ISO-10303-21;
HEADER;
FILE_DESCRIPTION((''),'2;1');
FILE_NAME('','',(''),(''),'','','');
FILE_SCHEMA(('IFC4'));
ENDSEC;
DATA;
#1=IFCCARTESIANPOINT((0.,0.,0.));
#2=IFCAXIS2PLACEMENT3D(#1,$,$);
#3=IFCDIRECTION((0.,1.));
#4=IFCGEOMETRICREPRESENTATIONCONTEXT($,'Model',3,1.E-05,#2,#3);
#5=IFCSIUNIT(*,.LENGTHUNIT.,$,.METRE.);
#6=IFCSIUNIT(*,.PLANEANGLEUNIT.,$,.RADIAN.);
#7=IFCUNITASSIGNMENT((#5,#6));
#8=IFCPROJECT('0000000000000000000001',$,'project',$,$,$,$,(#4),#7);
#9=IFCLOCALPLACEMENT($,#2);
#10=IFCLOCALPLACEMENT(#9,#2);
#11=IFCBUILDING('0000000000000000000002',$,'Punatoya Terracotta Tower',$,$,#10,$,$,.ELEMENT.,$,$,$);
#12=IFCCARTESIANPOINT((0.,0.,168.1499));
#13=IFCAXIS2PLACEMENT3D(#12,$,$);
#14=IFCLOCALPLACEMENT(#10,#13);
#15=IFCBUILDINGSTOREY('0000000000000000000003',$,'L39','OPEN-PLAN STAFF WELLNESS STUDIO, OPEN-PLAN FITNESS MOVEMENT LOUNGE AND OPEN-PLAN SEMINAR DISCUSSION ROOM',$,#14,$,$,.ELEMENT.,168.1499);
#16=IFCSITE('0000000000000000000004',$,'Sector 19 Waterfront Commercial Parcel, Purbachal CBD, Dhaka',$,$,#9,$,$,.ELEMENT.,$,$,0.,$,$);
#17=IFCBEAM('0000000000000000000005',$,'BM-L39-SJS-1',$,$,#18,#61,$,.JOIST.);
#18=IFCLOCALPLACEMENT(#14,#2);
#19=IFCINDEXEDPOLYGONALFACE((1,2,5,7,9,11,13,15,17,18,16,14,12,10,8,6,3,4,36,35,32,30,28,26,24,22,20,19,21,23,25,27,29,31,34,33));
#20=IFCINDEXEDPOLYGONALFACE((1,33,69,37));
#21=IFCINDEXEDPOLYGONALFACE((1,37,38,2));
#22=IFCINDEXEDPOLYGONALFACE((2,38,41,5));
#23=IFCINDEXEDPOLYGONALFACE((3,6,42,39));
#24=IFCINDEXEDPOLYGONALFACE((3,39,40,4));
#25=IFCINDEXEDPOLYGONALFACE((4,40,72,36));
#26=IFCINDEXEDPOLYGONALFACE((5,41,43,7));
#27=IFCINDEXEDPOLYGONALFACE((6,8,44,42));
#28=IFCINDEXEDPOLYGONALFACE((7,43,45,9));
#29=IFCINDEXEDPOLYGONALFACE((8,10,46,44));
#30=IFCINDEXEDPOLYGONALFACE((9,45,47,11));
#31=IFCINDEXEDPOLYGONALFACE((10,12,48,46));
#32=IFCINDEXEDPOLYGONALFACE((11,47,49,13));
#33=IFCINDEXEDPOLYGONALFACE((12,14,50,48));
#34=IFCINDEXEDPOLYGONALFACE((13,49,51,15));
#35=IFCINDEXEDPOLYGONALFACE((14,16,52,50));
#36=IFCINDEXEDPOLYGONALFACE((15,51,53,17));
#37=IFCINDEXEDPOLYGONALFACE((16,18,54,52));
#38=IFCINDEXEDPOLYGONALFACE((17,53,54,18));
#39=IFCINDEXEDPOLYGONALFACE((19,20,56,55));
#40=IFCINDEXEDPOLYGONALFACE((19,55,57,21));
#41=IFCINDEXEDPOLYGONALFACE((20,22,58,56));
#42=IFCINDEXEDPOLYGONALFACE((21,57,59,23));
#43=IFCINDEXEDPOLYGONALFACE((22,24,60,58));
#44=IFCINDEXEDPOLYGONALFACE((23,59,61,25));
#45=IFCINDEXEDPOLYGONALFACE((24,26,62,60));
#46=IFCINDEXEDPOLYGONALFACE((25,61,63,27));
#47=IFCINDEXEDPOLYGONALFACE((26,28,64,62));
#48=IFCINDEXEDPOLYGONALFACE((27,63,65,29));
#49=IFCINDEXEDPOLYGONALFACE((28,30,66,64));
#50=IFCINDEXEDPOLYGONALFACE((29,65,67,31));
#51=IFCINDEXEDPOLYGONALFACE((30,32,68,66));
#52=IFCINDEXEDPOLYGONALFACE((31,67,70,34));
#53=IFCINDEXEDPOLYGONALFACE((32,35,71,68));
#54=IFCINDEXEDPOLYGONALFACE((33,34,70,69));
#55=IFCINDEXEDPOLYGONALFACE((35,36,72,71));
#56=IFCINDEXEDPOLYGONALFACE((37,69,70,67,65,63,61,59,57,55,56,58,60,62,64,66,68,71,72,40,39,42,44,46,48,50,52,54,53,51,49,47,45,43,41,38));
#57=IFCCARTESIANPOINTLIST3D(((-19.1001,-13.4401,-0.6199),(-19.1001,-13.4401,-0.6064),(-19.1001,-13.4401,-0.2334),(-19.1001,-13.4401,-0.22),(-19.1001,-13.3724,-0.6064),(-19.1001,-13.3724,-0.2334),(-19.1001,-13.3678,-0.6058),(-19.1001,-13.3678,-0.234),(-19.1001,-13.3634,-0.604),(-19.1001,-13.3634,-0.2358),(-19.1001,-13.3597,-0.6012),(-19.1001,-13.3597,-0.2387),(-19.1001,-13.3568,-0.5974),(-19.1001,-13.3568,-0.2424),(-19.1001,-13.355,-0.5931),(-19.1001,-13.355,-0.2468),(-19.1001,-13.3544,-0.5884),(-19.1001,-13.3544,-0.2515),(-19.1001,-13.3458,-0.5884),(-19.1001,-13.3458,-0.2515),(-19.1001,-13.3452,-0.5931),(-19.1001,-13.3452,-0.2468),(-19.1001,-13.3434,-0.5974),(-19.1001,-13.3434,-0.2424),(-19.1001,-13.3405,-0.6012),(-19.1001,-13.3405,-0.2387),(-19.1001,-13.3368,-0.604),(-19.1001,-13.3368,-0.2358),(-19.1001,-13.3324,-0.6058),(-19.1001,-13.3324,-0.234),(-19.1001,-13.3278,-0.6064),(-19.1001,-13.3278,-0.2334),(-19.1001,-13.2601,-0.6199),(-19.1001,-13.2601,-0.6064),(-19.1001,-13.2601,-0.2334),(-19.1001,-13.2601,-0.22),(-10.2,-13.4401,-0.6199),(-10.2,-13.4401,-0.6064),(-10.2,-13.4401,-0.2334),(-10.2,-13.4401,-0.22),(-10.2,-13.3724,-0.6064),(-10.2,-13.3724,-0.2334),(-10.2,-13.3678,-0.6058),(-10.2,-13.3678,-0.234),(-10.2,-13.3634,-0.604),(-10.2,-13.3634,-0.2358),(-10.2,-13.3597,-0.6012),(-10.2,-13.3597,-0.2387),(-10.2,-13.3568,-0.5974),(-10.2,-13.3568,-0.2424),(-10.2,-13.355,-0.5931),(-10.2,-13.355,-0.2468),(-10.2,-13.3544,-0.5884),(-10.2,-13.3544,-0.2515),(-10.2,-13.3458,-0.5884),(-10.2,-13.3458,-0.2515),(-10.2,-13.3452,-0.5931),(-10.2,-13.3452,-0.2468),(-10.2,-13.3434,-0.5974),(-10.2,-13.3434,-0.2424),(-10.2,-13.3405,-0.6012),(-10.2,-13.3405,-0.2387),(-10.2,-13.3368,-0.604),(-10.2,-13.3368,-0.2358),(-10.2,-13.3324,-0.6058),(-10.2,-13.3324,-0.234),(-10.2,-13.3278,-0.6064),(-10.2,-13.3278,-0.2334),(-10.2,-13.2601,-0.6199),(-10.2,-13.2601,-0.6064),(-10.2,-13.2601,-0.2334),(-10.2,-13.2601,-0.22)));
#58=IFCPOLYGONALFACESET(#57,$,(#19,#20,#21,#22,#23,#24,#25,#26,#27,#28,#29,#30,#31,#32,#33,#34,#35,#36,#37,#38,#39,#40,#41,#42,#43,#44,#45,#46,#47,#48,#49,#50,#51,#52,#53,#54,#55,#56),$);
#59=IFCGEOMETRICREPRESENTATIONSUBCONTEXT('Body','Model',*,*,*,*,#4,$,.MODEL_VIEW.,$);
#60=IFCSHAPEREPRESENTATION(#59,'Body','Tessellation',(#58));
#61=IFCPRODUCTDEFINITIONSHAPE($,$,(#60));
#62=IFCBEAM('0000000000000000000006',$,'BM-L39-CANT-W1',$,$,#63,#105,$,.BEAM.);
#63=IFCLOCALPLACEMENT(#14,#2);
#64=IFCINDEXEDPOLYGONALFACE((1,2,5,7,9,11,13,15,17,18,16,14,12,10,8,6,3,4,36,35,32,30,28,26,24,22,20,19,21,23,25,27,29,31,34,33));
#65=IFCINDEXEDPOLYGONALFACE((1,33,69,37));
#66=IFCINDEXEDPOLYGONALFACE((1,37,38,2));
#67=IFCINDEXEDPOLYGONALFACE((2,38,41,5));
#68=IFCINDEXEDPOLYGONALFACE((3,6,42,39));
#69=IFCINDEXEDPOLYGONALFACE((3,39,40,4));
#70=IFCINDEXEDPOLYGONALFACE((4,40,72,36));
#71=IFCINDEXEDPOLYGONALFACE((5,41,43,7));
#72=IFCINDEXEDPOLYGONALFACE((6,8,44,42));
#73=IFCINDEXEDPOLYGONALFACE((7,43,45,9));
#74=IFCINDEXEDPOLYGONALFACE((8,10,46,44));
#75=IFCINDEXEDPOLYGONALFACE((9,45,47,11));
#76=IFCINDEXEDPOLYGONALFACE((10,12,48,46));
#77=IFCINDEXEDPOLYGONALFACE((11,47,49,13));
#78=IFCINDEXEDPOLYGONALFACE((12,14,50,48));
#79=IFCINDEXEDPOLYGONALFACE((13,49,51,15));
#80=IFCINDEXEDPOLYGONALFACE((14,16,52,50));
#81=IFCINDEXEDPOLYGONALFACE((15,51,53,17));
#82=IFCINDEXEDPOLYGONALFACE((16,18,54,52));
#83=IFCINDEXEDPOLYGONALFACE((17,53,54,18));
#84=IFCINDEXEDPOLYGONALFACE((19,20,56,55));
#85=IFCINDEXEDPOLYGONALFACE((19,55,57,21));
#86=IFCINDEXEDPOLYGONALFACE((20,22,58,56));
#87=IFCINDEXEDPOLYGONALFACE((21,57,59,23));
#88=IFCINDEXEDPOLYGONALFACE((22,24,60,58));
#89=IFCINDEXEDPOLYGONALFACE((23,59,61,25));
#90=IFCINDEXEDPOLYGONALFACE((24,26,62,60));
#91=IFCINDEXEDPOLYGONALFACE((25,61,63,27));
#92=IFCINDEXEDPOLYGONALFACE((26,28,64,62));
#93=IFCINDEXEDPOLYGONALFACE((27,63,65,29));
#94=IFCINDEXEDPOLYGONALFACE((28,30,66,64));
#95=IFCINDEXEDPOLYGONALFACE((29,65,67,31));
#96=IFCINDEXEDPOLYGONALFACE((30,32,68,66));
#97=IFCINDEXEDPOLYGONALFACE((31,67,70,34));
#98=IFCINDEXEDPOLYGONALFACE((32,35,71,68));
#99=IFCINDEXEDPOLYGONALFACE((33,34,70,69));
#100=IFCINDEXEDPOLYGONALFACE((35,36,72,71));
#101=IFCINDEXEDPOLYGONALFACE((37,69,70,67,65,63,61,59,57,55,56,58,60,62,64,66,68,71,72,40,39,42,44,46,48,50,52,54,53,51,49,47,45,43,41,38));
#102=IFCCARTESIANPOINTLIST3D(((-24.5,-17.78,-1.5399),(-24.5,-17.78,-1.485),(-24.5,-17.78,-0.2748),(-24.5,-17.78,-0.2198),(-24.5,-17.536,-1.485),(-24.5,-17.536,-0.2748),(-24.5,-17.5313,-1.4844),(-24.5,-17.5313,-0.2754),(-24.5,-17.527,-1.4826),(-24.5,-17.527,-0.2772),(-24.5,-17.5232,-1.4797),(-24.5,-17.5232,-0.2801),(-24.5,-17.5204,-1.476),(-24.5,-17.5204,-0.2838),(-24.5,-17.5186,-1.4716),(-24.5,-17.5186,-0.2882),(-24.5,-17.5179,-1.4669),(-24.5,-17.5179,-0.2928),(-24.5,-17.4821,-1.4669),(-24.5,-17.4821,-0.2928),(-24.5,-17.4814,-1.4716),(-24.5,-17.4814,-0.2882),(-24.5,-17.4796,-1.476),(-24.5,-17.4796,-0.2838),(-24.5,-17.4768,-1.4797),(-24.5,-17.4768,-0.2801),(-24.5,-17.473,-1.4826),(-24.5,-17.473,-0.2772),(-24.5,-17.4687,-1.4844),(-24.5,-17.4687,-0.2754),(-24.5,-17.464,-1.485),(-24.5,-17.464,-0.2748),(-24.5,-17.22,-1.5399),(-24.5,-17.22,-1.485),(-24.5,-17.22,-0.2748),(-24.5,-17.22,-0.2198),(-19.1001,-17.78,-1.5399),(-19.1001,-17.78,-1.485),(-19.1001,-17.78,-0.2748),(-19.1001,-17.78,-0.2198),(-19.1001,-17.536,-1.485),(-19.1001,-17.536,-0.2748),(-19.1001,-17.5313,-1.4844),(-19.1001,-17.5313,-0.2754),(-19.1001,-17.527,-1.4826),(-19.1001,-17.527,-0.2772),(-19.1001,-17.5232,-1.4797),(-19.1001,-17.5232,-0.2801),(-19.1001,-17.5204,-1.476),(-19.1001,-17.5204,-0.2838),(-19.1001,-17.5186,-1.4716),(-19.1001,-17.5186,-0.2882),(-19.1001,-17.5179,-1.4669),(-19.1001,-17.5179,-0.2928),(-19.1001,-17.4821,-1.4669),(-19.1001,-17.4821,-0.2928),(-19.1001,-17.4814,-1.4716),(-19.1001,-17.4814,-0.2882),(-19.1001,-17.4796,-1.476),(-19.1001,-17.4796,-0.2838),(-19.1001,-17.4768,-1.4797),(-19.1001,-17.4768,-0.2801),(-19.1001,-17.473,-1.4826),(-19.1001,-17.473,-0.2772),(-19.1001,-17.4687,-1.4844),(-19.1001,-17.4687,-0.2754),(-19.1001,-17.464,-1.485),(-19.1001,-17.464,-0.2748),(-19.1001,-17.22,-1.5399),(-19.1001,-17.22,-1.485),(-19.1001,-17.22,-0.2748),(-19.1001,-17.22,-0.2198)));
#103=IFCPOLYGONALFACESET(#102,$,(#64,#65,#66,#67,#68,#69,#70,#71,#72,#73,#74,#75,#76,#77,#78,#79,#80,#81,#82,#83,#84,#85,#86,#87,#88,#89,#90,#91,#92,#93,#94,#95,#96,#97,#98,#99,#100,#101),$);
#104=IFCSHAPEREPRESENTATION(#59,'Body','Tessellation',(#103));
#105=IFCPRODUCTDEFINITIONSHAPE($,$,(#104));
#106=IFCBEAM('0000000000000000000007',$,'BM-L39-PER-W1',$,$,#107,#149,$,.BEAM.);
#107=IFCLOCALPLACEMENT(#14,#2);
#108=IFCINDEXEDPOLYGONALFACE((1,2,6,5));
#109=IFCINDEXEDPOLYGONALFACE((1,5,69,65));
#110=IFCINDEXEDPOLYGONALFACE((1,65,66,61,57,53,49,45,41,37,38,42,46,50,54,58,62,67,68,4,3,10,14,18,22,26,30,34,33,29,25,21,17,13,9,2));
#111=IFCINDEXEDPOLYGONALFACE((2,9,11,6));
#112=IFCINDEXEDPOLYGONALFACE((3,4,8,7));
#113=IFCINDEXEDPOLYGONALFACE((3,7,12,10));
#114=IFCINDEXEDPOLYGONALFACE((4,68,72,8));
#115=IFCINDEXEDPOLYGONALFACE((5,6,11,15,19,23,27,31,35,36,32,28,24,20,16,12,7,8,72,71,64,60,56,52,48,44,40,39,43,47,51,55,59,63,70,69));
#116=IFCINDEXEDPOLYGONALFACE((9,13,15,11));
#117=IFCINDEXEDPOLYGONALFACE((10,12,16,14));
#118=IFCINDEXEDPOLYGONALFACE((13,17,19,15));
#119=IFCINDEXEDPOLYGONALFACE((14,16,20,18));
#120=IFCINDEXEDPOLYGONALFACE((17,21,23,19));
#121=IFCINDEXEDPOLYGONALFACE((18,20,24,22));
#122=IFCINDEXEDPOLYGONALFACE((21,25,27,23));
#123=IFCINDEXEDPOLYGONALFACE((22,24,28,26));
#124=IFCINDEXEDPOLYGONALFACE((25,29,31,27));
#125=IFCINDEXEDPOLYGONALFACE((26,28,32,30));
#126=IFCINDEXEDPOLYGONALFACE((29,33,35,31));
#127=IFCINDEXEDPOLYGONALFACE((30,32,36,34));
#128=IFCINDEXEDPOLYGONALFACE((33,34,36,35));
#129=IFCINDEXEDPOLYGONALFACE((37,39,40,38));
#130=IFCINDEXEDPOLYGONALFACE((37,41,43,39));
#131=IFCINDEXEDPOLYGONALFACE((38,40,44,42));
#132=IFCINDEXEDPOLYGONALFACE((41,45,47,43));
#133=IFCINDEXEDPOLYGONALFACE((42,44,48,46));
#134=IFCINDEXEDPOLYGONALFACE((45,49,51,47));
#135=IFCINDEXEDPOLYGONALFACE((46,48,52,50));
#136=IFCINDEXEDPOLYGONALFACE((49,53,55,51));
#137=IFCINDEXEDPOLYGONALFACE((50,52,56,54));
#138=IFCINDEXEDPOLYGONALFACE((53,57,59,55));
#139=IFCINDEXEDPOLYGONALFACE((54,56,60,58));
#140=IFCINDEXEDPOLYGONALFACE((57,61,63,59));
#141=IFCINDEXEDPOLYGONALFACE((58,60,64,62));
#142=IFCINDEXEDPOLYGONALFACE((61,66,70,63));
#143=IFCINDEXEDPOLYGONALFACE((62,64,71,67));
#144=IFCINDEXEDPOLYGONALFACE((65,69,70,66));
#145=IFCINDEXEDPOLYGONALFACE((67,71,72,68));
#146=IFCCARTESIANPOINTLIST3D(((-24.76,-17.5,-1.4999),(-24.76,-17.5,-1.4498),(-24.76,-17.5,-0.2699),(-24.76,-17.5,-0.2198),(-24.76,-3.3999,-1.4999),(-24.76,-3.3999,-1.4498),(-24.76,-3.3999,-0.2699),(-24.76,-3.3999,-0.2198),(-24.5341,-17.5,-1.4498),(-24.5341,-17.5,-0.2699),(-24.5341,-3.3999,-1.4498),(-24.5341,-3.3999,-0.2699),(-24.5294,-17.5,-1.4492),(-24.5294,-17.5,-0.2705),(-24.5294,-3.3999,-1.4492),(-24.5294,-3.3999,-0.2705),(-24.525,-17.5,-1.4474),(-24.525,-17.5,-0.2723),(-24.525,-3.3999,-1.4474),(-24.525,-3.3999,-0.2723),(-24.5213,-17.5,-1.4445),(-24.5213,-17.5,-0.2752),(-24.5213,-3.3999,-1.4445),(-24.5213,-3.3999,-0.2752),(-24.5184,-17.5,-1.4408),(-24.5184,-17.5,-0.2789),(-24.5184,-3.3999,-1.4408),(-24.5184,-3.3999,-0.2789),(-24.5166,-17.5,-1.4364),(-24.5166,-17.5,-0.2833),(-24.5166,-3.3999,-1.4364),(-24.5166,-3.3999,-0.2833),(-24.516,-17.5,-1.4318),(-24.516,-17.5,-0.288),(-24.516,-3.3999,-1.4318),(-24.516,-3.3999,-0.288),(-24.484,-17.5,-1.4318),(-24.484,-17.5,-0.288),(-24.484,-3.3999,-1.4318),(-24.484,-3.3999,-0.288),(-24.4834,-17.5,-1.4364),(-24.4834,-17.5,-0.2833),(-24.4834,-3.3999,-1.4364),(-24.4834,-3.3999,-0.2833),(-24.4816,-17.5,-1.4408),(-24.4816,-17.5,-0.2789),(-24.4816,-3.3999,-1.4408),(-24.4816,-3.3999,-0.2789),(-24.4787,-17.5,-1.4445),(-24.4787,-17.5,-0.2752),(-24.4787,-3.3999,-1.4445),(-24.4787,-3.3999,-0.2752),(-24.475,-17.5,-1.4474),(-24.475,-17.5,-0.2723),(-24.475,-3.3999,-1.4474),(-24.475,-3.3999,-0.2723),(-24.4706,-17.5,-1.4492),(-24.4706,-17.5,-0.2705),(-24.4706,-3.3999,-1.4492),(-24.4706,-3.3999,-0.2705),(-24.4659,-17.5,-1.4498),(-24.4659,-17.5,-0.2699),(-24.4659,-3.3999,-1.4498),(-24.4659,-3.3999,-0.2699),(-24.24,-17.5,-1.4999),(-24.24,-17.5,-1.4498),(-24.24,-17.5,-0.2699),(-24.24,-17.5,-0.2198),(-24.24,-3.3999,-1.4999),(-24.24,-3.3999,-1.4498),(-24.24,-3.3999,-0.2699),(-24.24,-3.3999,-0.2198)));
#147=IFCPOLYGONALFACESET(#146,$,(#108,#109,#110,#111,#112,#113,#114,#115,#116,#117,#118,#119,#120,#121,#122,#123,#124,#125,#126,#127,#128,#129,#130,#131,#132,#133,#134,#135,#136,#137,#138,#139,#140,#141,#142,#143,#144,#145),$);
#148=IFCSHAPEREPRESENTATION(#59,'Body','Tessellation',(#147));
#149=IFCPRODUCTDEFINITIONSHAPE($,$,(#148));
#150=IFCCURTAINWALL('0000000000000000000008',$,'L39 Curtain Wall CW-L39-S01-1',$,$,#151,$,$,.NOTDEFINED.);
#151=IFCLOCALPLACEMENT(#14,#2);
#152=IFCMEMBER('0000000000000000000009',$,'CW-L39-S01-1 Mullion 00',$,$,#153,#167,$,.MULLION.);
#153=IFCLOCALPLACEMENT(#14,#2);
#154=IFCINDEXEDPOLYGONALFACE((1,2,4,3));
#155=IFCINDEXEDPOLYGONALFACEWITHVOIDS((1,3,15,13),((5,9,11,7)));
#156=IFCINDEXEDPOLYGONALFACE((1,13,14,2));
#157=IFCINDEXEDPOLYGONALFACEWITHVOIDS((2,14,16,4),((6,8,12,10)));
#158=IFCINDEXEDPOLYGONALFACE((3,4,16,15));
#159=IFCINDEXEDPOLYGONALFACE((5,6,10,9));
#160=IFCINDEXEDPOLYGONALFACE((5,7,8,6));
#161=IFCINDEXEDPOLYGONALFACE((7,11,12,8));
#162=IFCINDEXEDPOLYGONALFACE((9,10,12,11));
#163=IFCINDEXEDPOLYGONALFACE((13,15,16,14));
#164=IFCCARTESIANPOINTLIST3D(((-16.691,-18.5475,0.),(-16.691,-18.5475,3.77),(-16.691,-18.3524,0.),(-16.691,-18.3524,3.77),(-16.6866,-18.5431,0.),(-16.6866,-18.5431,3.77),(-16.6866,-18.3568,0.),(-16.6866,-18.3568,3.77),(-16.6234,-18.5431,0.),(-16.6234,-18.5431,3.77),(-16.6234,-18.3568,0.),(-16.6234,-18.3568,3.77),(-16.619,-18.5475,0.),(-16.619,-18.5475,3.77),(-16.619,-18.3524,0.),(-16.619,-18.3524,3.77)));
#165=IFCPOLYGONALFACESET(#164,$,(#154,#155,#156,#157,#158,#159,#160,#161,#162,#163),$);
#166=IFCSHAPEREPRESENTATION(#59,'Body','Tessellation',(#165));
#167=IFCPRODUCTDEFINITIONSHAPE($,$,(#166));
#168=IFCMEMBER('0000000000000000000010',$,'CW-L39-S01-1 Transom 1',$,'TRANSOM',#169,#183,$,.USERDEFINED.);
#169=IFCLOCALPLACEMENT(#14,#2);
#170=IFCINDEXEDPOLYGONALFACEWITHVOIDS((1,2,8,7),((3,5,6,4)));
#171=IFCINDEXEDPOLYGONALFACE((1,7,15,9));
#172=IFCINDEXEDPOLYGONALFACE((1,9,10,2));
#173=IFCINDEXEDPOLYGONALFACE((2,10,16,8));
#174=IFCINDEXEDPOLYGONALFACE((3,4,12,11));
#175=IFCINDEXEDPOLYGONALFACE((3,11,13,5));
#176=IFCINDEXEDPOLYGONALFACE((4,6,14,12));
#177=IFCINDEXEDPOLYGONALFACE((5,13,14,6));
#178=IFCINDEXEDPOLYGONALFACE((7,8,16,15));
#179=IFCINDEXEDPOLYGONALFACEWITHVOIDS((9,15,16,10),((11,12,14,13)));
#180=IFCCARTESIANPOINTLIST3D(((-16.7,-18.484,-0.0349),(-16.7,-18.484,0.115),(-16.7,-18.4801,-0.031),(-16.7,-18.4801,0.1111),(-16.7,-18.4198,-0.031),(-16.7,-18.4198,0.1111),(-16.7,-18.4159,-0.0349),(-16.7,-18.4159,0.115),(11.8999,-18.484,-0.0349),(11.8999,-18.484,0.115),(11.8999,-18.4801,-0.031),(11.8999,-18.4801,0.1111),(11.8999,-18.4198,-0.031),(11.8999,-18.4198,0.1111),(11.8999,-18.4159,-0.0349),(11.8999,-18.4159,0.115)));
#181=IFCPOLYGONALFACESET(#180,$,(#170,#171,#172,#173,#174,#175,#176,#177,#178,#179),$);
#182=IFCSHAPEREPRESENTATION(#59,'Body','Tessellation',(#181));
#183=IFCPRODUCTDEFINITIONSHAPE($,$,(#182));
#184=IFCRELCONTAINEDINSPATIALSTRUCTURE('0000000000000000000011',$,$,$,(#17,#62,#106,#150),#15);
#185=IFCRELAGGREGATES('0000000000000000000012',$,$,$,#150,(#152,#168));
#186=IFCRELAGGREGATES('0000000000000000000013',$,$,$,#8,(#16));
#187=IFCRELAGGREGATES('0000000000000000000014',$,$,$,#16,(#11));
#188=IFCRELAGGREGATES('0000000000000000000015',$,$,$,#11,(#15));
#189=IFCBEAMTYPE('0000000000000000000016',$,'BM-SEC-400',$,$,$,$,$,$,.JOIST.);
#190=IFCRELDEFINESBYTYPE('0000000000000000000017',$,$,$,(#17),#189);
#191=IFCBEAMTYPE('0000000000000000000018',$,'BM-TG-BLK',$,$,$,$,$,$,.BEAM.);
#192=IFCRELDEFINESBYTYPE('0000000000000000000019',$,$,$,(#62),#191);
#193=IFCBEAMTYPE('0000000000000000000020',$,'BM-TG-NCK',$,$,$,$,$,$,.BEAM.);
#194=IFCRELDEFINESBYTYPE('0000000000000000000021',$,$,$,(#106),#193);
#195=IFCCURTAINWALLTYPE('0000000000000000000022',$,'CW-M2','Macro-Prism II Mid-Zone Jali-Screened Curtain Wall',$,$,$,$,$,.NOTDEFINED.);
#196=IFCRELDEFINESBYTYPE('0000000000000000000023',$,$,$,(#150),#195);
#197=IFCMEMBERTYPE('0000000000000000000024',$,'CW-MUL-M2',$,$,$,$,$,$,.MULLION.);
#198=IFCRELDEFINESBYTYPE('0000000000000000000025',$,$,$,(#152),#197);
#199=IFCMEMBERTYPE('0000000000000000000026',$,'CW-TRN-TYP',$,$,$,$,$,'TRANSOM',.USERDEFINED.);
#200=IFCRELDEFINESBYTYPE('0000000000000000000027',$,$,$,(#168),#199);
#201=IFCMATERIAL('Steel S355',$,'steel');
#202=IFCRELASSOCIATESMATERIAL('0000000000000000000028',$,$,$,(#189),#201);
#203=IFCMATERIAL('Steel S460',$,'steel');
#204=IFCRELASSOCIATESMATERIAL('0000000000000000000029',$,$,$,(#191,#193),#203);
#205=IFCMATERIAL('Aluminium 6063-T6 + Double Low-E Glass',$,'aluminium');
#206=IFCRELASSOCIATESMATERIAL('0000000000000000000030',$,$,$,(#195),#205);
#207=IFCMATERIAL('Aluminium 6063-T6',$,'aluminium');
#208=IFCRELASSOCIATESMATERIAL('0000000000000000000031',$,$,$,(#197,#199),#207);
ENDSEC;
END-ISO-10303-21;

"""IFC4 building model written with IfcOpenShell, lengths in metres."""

from ifc_helpers import new_model, si_unit, direction, frame, origin, origin_2d, place, context, subcontext, project, spatial, hollow_rectangle, i_section, extrude, material, material_profile, profile_set, type_object, element, aggregate, save


model = new_model("IFC4")

# Units and contexts
model_context = context("Model", 3, precision=1e-05, world=origin(), true_north=direction((0.0, 1.0)))
body_context = subcontext(model_context, "Body", "Model", "MODEL_VIEW")
ifc_project = project(units=[si_unit("LENGTHUNIT", "METRE"), si_unit("PLANEANGLEUNIT", "RADIAN")], contexts=[model_context])

# Site, building, storey
site_placement = place(None, origin())
site = spatial("IfcSite", under=ifc_project, at=site_placement, Name="Sector 19 Waterfront Commercial Parcel, Purbachal CBD, Dhaka", CompositionType="ELEMENT", RefElevation=0.0)
building_placement = place(site_placement, origin())
building = spatial("IfcBuilding", under=site, at=building_placement, Name="Punatoya Terracotta Tower", CompositionType="ELEMENT")
storey_placement = place(building_placement, frame((0.0, 0.0, 168.1499)))
storey = spatial("IfcBuildingStorey", under=building, at=storey_placement, Name="L39", Description="OPEN-PLAN STAFF WELLNESS STUDIO, OPEN-PLAN FITNESS MOVEMENT LOUNGE AND OPEN-PLAN SEMINAR DISCUSSION ROOM", CompositionType="ELEMENT", Elevation=168.1499)

# Shared definitions
ifc_material_1 = material(Name="Steel S460", Category="steel")

# Beams
ifc_material_2 = material(Name="Steel S355", Category="steel")
ifc_material_profile_1 = material_profile(ifc_material_2, i_section(OverallWidth=0.1799, OverallDepth=0.3999, WebThickness=0.0085, FlangeThickness=0.0134, FilletRadius=0.0181, at=origin_2d()))
ifc_profile_set_1 = profile_set([ifc_material_profile_1], Name="Steel S355")
beam_type_1 = type_object("IfcBeamType", Name="BM-SEC-400", PredefinedType="JOIST", material=ifc_profile_set_1)
beam_1_placement = place(storey_placement, frame((-19.1001, -13.3501, -0.4199), z_axis=(1.0, 0.0, 0.0), x_axis=(0.0, 1.0, 0.0)))
element("IfcBeam", 1, at=beam_1_placement, inside=storey, type_object=beam_type_1, Name="BM-L39-SJS-1", PredefinedType="JOIST", context=body_context, shape_type="SweptSolid", body=[
    extrude(i_section(OverallWidth=0.1799, OverallDepth=0.3999, WebThickness=0.0085, FlangeThickness=0.0134, FilletRadius=0.0181, at=origin_2d()), origin(), (0.0, 0.0, 1.0), 8.9001),
])
ifc_material_profile_2 = material_profile(ifc_material_1, i_section(OverallWidth=0.5601, OverallDepth=1.3201, WebThickness=0.0359, FlangeThickness=0.0549, FilletRadius=0.0181, at=origin_2d()))
ifc_profile_set_2 = profile_set([ifc_material_profile_2], Name="Steel S460")
beam_type_2 = type_object("IfcBeamType", Name="BM-TG-BLK", PredefinedType="BEAM", material=ifc_profile_set_2)
beam_2_placement = place(storey_placement, frame((-24.5, -17.5, -0.8799), z_axis=(1.0, 0.0, 0.0), x_axis=(0.0, 1.0, 0.0)))
element("IfcBeam", 2, at=beam_2_placement, inside=storey, type_object=beam_type_2, Name="BM-L39-CANT-W1", PredefinedType="BEAM", context=body_context, shape_type="SweptSolid", body=[
    extrude(i_section(OverallWidth=0.5601, OverallDepth=1.3201, WebThickness=0.0359, FlangeThickness=0.0549, FilletRadius=0.0181, at=origin_2d()), origin(), (0.0, 0.0, 1.0), 5.3999),
])
ifc_material_profile_3 = material_profile(ifc_material_1, i_section(OverallWidth=0.52, OverallDepth=1.28, WebThickness=0.032, FlangeThickness=0.05, FilletRadius=0.0181, at=origin_2d()))
ifc_profile_set_3 = profile_set([ifc_material_profile_3], Name="Steel S460")
beam_type_3 = type_object("IfcBeamType", Name="BM-TG-NCK", PredefinedType="BEAM", material=ifc_profile_set_3)
beam_3_placement = place(storey_placement, frame((-24.5, -17.5, -0.8599), z_axis=(0.0, 1.0, 0.0), x_axis=(-1.0, 0.0, 0.0)))
element("IfcBeam", 3, at=beam_3_placement, inside=storey, type_object=beam_type_3, Name="BM-L39-PER-W1", PredefinedType="BEAM", context=body_context, shape_type="SweptSolid", body=[
    extrude(i_section(OverallWidth=0.52, OverallDepth=1.28, WebThickness=0.032, FlangeThickness=0.05, FilletRadius=0.0181, at=origin_2d()), origin(), (0.0, 0.0, 1.0), 14.1001),
])

# Curtain wall, members
ifc_material_3 = material(Name="Aluminium 6063-T6 + Double Low-E Glass", Category="aluminium")
curtain_wall_type = type_object("IfcCurtainWallType", Name="CW-M2", Description="Macro-Prism II Mid-Zone Jali-Screened Curtain Wall", PredefinedType="NOTDEFINED", material=ifc_material_3)
curtain_wall_placement = place(storey_placement, origin())
curtain_wall = element("IfcCurtainWall", 4, at=curtain_wall_placement, inside=storey, type_object=curtain_wall_type, Name="L39 Curtain Wall CW-L39-S01-1", PredefinedType="NOTDEFINED")
ifc_material_4 = material(Name="Aluminium 6063-T6", Category="aluminium")
ifc_material_profile_4 = material_profile(ifc_material_4, hollow_rectangle(XDim=0.072, YDim=0.1951, WallThickness=0.0044, at=origin_2d()))
ifc_profile_set_4 = profile_set([ifc_material_profile_4], Name="Aluminium 6063-T6")
member_type_1 = type_object("IfcMemberType", Name="CW-MUL-M2", PredefinedType="MULLION", material=ifc_profile_set_4)
member_1_placement = place(storey_placement, frame((-16.655, -18.45, 0.0), z_axis=(0.0, 0.0, 1.0), x_axis=(1.0, 0.0, 0.0)))
member_1 = element("IfcMember", 5, at=member_1_placement, type_object=member_type_1, Name="CW-L39-S01-1 Mullion 00", PredefinedType="MULLION", context=body_context, shape_type="SweptSolid", body=[
    extrude(hollow_rectangle(XDim=0.072, YDim=0.1951, WallThickness=0.0044, at=origin_2d()), origin(), (0.0, 0.0, 1.0), 3.77),
])
ifc_material_profile_5 = material_profile(ifc_material_4, hollow_rectangle(XDim=0.0681, YDim=0.1499, WallThickness=0.0039, at=origin_2d()))
ifc_profile_set_5 = profile_set([ifc_material_profile_5], Name="Aluminium 6063-T6")
member_type_2 = type_object("IfcMemberType", Name="CW-TRN-TYP", ElementType="TRANSOM", PredefinedType="USERDEFINED", material=ifc_profile_set_5)
member_2_placement = place(storey_placement, frame((-16.7, -18.45, 0.04), z_axis=(1.0, 0.0, 0.0), x_axis=(0.0, 1.0, 0.0)))
member_2 = element("IfcMember", 6, at=member_2_placement, type_object=member_type_2, Name="CW-L39-S01-1 Transom 1", ObjectType="TRANSOM", PredefinedType="USERDEFINED", context=body_context, shape_type="SweptSolid", body=[
    extrude(hollow_rectangle(XDim=0.0681, YDim=0.1499, WallThickness=0.0039, at=origin_2d()), origin(), (0.0, 0.0, 1.0), 28.5999),
])
aggregate(curtain_wall, [member_1, member_2])

save(model, "model.ifc")
